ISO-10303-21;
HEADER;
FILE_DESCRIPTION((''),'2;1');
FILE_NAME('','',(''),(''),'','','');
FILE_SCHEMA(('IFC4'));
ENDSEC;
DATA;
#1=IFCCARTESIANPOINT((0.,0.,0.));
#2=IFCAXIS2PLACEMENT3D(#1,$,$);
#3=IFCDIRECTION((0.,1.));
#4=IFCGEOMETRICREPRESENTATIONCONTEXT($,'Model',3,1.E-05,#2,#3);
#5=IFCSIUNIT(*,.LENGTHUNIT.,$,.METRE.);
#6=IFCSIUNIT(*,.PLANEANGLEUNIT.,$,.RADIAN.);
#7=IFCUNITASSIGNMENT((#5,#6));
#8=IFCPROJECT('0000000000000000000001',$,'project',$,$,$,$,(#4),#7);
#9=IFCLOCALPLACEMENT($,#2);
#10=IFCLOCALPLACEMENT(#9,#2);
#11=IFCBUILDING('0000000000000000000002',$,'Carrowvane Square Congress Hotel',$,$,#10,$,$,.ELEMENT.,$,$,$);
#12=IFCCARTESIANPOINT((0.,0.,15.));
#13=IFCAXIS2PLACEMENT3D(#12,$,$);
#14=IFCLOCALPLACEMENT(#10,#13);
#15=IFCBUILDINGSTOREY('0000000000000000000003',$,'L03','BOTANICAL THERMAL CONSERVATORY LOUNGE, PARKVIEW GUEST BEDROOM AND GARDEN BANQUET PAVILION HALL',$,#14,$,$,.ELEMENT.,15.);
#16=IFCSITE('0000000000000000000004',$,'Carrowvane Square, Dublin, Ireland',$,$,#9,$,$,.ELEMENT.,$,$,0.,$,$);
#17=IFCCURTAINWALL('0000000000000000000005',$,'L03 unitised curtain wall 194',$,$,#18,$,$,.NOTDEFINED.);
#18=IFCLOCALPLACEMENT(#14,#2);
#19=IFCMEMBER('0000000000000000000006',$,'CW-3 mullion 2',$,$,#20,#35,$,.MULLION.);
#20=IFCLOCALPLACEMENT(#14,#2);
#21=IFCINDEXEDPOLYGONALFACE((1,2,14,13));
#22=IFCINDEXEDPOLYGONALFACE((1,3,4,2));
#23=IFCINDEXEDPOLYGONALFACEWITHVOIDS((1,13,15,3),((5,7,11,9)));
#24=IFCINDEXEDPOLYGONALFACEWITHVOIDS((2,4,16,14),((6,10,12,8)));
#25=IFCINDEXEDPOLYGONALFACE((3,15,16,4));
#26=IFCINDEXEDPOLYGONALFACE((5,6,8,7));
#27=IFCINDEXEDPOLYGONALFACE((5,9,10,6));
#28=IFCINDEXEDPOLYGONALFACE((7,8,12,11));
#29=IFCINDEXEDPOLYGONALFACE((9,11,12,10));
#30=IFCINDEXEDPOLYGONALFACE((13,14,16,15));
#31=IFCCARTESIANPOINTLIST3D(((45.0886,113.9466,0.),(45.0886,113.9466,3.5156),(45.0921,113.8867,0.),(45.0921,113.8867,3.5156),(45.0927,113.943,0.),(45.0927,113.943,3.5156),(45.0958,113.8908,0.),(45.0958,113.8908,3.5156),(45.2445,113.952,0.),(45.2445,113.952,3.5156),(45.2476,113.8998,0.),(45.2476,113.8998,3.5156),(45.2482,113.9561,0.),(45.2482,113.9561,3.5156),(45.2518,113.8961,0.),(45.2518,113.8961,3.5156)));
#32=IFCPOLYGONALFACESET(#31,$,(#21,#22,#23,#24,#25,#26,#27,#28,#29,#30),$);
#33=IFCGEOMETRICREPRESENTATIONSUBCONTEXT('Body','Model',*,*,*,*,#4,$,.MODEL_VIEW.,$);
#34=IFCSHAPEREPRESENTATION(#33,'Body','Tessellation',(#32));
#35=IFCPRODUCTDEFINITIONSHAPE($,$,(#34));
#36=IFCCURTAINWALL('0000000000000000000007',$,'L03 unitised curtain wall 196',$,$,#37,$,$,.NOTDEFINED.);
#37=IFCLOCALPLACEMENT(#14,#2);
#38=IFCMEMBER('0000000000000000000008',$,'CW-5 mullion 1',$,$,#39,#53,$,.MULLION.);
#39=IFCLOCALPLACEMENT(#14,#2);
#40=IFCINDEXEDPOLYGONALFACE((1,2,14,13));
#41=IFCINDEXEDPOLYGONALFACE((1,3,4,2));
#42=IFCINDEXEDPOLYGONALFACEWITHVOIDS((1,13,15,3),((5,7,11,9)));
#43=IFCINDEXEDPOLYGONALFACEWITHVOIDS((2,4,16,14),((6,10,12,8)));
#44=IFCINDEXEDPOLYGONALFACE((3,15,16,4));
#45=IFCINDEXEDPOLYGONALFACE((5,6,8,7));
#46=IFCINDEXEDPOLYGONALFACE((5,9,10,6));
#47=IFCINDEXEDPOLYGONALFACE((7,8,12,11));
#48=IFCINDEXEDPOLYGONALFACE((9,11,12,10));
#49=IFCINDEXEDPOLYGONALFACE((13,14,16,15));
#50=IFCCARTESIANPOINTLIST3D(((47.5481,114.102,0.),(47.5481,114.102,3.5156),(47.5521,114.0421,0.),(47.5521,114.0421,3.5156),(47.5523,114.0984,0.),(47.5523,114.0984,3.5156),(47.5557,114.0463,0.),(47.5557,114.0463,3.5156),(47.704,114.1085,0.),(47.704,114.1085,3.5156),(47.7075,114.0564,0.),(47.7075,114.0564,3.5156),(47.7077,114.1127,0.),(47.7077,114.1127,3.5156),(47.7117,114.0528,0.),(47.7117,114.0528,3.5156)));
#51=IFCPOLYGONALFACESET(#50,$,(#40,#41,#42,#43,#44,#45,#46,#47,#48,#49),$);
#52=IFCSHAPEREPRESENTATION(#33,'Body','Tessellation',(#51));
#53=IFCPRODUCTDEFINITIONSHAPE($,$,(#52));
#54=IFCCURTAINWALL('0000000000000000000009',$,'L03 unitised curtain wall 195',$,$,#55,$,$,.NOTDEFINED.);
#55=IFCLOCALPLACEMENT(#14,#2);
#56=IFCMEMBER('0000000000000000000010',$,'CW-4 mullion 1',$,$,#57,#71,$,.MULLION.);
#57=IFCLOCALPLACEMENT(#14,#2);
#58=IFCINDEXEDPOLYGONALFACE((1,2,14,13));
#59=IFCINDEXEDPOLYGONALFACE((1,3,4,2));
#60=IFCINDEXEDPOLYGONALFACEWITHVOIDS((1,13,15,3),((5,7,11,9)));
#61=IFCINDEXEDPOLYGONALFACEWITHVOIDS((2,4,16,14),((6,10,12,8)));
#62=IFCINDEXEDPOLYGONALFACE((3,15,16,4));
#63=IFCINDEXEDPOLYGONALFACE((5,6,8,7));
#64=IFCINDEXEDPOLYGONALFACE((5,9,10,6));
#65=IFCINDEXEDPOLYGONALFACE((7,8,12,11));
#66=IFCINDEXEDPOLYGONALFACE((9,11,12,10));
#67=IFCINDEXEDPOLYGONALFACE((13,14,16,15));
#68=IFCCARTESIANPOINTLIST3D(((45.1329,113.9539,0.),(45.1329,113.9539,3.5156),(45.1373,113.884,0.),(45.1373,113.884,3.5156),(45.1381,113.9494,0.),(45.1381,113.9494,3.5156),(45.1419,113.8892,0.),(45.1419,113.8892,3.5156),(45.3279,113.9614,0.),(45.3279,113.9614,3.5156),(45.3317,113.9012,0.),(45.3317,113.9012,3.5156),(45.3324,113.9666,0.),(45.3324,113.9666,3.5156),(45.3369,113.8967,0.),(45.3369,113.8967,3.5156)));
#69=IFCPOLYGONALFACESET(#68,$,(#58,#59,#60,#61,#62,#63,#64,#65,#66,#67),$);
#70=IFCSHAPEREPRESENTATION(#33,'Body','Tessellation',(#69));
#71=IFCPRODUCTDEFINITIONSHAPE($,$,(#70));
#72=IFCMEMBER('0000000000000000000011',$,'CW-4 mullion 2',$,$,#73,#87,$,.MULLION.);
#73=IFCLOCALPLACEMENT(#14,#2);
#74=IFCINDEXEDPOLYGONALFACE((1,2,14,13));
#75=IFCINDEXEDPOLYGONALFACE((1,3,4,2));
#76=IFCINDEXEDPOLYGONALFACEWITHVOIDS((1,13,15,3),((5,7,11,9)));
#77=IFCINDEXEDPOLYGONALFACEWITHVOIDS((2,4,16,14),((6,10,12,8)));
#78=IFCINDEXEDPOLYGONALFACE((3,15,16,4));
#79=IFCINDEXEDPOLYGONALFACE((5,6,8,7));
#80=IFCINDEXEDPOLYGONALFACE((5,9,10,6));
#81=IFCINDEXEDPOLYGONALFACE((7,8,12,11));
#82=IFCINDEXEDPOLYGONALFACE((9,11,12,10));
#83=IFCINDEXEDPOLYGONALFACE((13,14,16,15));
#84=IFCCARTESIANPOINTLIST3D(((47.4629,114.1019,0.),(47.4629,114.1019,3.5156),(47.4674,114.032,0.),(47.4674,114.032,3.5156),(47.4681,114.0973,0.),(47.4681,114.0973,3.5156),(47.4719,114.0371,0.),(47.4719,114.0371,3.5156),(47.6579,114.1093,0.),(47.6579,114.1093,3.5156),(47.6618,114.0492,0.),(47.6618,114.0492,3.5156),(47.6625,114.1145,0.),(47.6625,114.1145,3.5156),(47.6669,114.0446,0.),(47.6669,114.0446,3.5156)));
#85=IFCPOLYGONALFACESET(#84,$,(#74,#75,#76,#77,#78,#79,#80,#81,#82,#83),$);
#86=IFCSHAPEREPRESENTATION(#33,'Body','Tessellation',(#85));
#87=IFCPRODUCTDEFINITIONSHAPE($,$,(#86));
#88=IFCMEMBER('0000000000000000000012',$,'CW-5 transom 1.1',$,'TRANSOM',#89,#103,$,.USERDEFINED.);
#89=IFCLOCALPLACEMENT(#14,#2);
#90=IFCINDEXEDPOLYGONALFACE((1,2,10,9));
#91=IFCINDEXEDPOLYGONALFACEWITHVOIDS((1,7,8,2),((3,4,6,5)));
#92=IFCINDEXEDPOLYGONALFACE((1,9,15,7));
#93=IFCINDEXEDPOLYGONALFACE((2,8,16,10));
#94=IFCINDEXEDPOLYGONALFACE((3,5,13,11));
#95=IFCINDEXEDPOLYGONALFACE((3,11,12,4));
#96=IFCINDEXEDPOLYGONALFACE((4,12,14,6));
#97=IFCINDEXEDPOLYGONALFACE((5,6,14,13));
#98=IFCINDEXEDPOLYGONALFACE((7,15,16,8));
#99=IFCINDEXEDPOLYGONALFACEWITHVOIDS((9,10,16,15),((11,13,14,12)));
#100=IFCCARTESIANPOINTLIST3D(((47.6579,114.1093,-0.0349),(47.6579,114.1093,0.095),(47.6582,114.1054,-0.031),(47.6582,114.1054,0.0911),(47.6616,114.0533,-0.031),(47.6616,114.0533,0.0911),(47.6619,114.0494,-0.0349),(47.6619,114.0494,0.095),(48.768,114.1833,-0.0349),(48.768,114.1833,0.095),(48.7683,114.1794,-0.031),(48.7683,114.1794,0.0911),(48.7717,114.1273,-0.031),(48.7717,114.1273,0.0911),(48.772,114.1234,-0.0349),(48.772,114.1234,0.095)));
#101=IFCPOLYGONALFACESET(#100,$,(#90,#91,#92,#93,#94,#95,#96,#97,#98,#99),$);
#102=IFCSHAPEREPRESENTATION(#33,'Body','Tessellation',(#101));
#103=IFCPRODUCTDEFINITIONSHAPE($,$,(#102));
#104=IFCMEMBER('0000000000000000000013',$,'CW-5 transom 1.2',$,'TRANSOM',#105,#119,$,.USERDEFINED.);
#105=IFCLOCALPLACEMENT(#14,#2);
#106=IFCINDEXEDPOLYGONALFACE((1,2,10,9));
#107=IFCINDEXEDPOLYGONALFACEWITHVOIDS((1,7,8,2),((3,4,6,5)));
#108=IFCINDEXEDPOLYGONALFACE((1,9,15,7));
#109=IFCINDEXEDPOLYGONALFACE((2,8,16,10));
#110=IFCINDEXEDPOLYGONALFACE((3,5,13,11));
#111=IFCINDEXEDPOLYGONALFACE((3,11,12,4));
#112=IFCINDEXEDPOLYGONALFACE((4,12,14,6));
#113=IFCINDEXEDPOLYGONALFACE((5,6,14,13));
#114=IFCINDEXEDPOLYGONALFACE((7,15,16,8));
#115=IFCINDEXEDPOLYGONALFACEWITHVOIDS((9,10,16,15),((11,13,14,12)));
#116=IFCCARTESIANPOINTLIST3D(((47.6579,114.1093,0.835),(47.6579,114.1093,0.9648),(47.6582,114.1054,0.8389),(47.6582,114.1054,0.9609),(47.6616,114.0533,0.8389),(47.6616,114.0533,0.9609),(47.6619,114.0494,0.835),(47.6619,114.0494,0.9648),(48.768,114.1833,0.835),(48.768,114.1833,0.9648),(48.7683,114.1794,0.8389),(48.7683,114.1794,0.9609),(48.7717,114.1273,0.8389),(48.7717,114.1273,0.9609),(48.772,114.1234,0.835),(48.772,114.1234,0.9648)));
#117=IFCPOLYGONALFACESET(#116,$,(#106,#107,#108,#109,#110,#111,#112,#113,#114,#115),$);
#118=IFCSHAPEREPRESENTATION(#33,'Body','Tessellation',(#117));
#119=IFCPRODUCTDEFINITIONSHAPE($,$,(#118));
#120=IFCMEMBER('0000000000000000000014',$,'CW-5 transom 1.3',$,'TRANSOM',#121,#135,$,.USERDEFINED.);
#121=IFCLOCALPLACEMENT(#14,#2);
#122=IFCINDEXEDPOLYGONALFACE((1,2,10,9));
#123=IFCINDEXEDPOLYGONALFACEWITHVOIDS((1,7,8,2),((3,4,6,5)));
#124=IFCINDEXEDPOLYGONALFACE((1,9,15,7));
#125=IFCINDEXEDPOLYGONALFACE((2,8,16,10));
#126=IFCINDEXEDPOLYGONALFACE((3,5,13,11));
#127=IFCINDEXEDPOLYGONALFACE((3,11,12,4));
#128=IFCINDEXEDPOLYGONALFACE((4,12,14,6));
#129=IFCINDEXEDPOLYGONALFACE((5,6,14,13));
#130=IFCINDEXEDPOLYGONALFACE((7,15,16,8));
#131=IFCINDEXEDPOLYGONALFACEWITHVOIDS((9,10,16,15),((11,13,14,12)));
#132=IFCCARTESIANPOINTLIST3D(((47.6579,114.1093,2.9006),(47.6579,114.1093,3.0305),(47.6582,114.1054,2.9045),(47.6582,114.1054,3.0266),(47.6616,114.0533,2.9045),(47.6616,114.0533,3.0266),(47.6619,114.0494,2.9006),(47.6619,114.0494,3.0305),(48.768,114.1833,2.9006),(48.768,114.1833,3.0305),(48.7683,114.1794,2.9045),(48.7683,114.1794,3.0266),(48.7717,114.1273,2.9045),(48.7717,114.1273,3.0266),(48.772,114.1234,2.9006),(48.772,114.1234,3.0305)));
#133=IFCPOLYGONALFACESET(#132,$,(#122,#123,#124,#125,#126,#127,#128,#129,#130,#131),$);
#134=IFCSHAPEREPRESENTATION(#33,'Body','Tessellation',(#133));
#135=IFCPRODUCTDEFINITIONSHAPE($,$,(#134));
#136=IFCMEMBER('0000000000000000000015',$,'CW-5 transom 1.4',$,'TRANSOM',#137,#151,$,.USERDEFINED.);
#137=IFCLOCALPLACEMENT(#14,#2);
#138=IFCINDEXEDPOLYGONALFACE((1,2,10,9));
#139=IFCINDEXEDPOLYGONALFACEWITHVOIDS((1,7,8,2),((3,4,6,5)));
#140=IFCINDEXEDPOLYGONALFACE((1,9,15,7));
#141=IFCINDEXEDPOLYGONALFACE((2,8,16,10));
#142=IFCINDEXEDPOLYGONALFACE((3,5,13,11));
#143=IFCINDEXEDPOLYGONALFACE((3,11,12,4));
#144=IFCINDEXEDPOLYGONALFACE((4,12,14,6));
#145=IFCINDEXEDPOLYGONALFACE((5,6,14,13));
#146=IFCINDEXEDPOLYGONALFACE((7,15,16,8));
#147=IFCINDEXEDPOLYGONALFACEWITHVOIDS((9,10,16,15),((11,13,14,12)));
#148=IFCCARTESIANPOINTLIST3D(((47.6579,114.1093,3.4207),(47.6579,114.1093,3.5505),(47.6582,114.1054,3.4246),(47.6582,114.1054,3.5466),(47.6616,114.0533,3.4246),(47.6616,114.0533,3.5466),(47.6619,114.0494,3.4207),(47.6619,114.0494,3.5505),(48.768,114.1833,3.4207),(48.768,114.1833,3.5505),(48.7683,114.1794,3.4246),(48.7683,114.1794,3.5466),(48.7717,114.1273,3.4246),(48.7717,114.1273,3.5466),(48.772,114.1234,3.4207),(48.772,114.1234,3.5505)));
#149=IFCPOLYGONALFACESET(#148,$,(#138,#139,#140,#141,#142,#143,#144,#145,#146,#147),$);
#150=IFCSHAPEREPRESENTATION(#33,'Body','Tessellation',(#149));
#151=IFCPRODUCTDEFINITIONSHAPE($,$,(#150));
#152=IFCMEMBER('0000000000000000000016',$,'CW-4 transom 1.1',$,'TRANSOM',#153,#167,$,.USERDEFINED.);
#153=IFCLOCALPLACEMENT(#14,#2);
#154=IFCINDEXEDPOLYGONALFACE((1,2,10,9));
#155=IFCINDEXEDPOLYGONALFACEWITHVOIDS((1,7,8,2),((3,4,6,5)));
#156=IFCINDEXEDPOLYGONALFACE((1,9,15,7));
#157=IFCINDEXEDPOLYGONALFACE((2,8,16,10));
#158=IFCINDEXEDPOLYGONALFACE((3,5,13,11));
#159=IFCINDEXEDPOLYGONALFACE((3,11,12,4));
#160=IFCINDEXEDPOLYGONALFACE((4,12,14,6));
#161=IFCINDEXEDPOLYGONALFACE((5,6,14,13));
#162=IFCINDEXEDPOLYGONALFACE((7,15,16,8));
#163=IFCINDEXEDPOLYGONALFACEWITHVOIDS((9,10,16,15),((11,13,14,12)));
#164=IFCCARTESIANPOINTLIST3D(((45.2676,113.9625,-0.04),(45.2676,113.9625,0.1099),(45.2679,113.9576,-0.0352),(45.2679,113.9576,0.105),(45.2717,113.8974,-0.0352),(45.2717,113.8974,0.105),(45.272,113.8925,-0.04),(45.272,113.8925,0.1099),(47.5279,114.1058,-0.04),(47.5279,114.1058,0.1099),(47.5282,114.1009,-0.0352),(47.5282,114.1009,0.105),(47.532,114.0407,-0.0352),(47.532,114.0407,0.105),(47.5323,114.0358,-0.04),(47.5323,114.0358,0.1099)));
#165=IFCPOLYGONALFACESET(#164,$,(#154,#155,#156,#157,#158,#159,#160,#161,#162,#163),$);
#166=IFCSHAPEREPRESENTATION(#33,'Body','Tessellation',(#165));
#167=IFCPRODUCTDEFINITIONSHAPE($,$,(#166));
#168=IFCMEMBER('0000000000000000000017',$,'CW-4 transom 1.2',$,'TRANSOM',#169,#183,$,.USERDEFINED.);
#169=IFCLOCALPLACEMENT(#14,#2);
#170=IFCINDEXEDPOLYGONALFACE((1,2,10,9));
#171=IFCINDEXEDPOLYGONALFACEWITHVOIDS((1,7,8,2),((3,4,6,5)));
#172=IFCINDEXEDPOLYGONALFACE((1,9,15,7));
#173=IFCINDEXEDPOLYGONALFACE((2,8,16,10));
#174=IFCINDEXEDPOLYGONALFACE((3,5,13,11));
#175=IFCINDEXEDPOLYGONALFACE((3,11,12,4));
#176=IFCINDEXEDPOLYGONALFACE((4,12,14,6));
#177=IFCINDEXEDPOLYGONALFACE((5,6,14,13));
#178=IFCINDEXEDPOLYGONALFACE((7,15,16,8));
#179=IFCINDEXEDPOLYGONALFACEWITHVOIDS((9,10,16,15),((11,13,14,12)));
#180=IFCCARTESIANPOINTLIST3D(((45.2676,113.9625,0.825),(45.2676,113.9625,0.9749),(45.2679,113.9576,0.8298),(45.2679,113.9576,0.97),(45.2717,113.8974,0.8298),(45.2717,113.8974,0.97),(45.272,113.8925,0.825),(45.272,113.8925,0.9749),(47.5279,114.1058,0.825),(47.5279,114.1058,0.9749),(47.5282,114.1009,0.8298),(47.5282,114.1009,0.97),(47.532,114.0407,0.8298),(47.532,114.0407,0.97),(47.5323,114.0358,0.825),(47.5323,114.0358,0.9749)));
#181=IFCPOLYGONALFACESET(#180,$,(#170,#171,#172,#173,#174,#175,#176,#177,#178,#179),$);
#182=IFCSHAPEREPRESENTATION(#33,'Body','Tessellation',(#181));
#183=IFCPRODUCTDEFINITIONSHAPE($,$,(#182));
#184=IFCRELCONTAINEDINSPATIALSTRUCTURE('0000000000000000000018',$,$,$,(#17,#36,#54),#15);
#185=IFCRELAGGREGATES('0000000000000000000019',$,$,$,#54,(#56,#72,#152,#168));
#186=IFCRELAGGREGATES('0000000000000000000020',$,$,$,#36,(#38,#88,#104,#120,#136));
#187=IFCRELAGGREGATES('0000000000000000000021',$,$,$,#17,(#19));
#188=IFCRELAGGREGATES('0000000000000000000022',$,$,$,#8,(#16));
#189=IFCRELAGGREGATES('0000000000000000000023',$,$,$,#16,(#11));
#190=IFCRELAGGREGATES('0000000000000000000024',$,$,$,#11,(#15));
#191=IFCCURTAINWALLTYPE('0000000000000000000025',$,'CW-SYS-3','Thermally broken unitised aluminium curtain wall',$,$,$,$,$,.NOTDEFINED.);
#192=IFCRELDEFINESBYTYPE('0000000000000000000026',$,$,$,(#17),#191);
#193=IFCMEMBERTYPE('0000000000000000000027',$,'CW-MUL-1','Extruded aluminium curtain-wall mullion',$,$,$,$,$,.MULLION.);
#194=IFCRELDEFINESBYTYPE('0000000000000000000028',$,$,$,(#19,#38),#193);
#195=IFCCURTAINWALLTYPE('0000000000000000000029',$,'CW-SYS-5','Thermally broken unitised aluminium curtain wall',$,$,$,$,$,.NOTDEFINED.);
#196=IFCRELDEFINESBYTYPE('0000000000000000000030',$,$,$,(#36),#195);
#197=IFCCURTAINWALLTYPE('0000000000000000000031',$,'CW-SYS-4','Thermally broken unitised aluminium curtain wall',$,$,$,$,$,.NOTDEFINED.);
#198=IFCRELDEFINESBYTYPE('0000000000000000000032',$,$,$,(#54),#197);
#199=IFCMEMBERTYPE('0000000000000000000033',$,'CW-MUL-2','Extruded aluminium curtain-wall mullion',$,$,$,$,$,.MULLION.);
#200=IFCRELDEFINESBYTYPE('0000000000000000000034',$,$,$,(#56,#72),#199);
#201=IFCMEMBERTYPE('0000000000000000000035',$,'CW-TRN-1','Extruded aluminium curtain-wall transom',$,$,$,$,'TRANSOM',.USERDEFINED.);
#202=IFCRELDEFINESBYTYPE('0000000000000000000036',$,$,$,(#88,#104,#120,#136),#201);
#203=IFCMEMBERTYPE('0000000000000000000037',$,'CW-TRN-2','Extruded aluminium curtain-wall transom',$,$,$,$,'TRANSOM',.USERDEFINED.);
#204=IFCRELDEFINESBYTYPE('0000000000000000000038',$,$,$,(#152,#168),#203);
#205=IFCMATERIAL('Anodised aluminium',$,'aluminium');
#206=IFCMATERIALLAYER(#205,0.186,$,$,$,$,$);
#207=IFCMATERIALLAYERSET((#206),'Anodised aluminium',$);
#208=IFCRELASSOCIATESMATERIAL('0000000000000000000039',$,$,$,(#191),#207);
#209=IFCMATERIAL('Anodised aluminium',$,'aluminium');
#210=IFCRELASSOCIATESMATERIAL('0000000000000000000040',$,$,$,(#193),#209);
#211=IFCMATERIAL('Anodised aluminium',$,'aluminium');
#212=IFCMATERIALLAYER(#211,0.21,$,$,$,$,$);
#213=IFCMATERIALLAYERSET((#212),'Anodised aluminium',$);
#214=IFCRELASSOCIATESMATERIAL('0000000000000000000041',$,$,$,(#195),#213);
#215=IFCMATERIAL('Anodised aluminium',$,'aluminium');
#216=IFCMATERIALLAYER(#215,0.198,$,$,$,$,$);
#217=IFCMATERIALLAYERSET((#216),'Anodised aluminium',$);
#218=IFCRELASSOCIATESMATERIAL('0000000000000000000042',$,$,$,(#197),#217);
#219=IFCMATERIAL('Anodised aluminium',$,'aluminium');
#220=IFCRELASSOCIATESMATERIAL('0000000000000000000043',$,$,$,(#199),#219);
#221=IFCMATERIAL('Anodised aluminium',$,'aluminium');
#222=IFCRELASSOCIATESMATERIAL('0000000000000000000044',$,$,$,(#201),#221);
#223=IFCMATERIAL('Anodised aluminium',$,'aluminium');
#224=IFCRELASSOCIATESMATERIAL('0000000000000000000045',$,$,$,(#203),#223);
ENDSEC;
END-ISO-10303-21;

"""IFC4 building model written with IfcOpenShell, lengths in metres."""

from ifc_helpers import new_model, si_unit, direction, frame, origin, origin_2d, place, context, subcontext, project, spatial, hollow_rectangle, extrude, material, layer, layer_set, material_profile, profile_set, type_object, element, aggregate, save


model = new_model("IFC4")

# Units and contexts
model_context = context("Model", 3, precision=1e-05, world=origin(), true_north=direction((0.0, 1.0)))
body_context = subcontext(model_context, "Body", "Model", "MODEL_VIEW")
ifc_project = project(units=[si_unit("LENGTHUNIT", "METRE"), si_unit("PLANEANGLEUNIT", "RADIAN")], contexts=[model_context])

# Site, building, storey
site_placement = place(None, origin())
site = spatial("IfcSite", under=ifc_project, at=site_placement, Name="Carrowvane Square, Dublin, Ireland", CompositionType="ELEMENT", RefElevation=0.0)
building_placement = place(site_placement, origin())
building = spatial("IfcBuilding", under=site, at=building_placement, Name="Carrowvane Square Congress Hotel", CompositionType="ELEMENT")
storey_placement = place(building_placement, frame((0.0, 0.0, 15.0)))
storey = spatial("IfcBuildingStorey", under=building, at=storey_placement, Name="L03", Description="BOTANICAL THERMAL CONSERVATORY LOUNGE, PARKVIEW GUEST BEDROOM AND GARDEN BANQUET PAVILION HALL", CompositionType="ELEMENT", Elevation=15.0)

# Curtain walls, members
ifc_material_1 = material(Name="Anodised aluminium", Category="aluminium")
ifc_layer_1 = layer(ifc_material_1, 0.186)
ifc_layer_set_1 = layer_set([ifc_layer_1], Name="Anodised aluminium")
curtain_wall_type_1 = type_object("IfcCurtainWallType", Name="CW-SYS-3", Description="Thermally broken unitised aluminium curtain wall", PredefinedType="NOTDEFINED", material=ifc_layer_set_1)
curtain_wall_1_placement = place(storey_placement, origin())
curtain_wall_1 = element("IfcCurtainWall", 1, at=curtain_wall_1_placement, inside=storey, type_object=curtain_wall_type_1, Name="L03 unitised curtain wall 194", PredefinedType="NOTDEFINED")
ifc_material_2 = material(Name="Anodised aluminium", Category="aluminium")
ifc_material_profile_1 = material_profile(ifc_material_2, hollow_rectangle(XDim=0.0601, YDim=0.1599, WallThickness=0.0039, at=origin_2d()), Name="CW-ML 60x160x4")
ifc_profile_set_1 = profile_set([ifc_material_profile_1], Name="Anodised aluminium")
member_type_1 = type_object("IfcMemberType", Name="CW-MUL-1", Description="Extruded aluminium curtain-wall mullion", PredefinedType="MULLION", material=ifc_profile_set_1)
member_1_placement = place(storey_placement, frame((45.1702, 113.9214, 0.0), z_axis=(0.0, 0.0, 1.0), x_axis=(-0.058989, 0.998259, 0.0)))
member_1 = element("IfcMember", 2, at=member_1_placement, type_object=member_type_1, Name="CW-3 mullion 2", PredefinedType="MULLION", context=body_context, shape_type="SweptSolid", body=[
    extrude(hollow_rectangle(XDim=0.0601, YDim=0.1599, WallThickness=0.0039, at=origin_2d()), origin(), (0.0, 0.0, 1.0), 3.5156),
])
ifc_material_3 = material(Name="Anodised aluminium", Category="aluminium")
ifc_layer_2 = layer(ifc_material_3, 0.21)
ifc_layer_set_2 = layer_set([ifc_layer_2], Name="Anodised aluminium")
curtain_wall_type_2 = type_object("IfcCurtainWallType", Name="CW-SYS-5", Description="Thermally broken unitised aluminium curtain wall", PredefinedType="NOTDEFINED", material=ifc_layer_set_2)
curtain_wall_2_placement = place(storey_placement, origin())
curtain_wall_2 = element("IfcCurtainWall", 3, at=curtain_wall_2_placement, inside=storey, type_object=curtain_wall_type_2, Name="L03 unitised curtain wall 196", PredefinedType="NOTDEFINED")
member_2_placement = place(storey_placement, frame((47.6299, 114.0774, 0.0), z_axis=(0.0, 0.0, 1.0), x_axis=(-0.066578, 0.997781, 0.0)))
member_2 = element("IfcMember", 4, at=member_2_placement, type_object=member_type_1, Name="CW-5 mullion 1", PredefinedType="MULLION", context=body_context, shape_type="SweptSolid", body=[
    extrude(hollow_rectangle(XDim=0.0601, YDim=0.1599, WallThickness=0.0039, at=origin_2d()), origin(), (0.0, 0.0, 1.0), 3.5156),
])

# Curtain wall, members
ifc_material_4 = material(Name="Anodised aluminium", Category="aluminium")
ifc_layer_3 = layer(ifc_material_4, 0.198)
ifc_layer_set_3 = layer_set([ifc_layer_3], Name="Anodised aluminium")
curtain_wall_type_3 = type_object("IfcCurtainWallType", Name="CW-SYS-4", Description="Thermally broken unitised aluminium curtain wall", PredefinedType="NOTDEFINED", material=ifc_layer_set_3)
curtain_wall_3_placement = place(storey_placement, origin())
curtain_wall_3 = element("IfcCurtainWall", 5, at=curtain_wall_3_placement, inside=storey, type_object=curtain_wall_type_3, Name="L03 unitised curtain wall 195", PredefinedType="NOTDEFINED")
ifc_material_5 = material(Name="Anodised aluminium", Category="aluminium")
ifc_material_profile_2 = material_profile(ifc_material_5, hollow_rectangle(XDim=0.0701, YDim=0.2, WallThickness=0.0049, at=origin_2d()), Name="CW-ML 70x200x5")
ifc_profile_set_2 = profile_set([ifc_material_profile_2], Name="Anodised aluminium")
member_type_2 = type_object("IfcMemberType", Name="CW-MUL-2", Description="Extruded aluminium curtain-wall mullion", PredefinedType="MULLION", material=ifc_profile_set_2)
member_3_placement = place(storey_placement, frame((45.2349, 113.9253, 0.0), z_axis=(0.0, 0.0, 1.0), x_axis=(-0.063273, 0.997996, 0.0)))
member_3 = element("IfcMember", 6, at=member_3_placement, type_object=member_type_2, Name="CW-4 mullion 1", PredefinedType="MULLION", context=body_context, shape_type="SweptSolid", body=[
    extrude(hollow_rectangle(XDim=0.0701, YDim=0.2, WallThickness=0.0049, at=origin_2d()), origin(), (0.0, 0.0, 1.0), 3.5156),
])
member_4_placement = place(storey_placement, frame((47.5649, 114.0732, 0.0), z_axis=(0.0, 0.0, 1.0), x_axis=(-0.063273, 0.997996, 0.0)))
member_4 = element("IfcMember", 7, at=member_4_placement, type_object=member_type_2, Name="CW-4 mullion 2", PredefinedType="MULLION", context=body_context, shape_type="SweptSolid", body=[
    extrude(hollow_rectangle(XDim=0.0701, YDim=0.2, WallThickness=0.0049, at=origin_2d()), origin(), (0.0, 0.0, 1.0), 3.5156),
])

# Members
ifc_material_6 = material(Name="Anodised aluminium", Category="aluminium")
ifc_material_profile_3 = material_profile(ifc_material_6, hollow_rectangle(XDim=0.0601, YDim=0.1299, WallThickness=0.0039, at=origin_2d()), Name="CW-TR 60x130x4")
ifc_profile_set_3 = profile_set([ifc_material_profile_3], Name="Anodised aluminium")
member_type_3 = type_object("IfcMemberType", Name="CW-TRN-1", Description="Extruded aluminium curtain-wall transom", ElementType="TRANSOM", PredefinedType="USERDEFINED", material=ifc_profile_set_3)
member_5_placement = place(storey_placement, frame((47.6599, 114.0793, 0.03), z_axis=(0.997787, 0.06649, 0.0), x_axis=(-0.06649, 0.997787, 0.0)))
member_5 = element("IfcMember", 8, at=member_5_placement, type_object=member_type_3, Name="CW-5 transom 1.1", ObjectType="TRANSOM", PredefinedType="USERDEFINED", context=body_context, shape_type="SweptSolid", body=[
    extrude(hollow_rectangle(XDim=0.0601, YDim=0.1299, WallThickness=0.0039, at=origin_2d()), origin(), (0.0, 0.0, 1.0), 1.1125),
])
member_6_placement = place(storey_placement, frame((47.6599, 114.0793, 0.8999), z_axis=(0.997787, 0.06649, 0.0), x_axis=(-0.06649, 0.997787, 0.0)))
member_6 = element("IfcMember", 9, at=member_6_placement, type_object=member_type_3, Name="CW-5 transom 1.2", ObjectType="TRANSOM", PredefinedType="USERDEFINED", context=body_context, shape_type="SweptSolid", body=[
    extrude(hollow_rectangle(XDim=0.0601, YDim=0.1299, WallThickness=0.0039, at=origin_2d()), origin(), (0.0, 0.0, 1.0), 1.1125),
])
member_7_placement = place(storey_placement, frame((47.6599, 114.0793, 2.9656), z_axis=(0.997787, 0.06649, 0.0), x_axis=(-0.06649, 0.997787, 0.0)))
member_7 = element("IfcMember", 10, at=member_7_placement, type_object=member_type_3, Name="CW-5 transom 1.3", ObjectType="TRANSOM", PredefinedType="USERDEFINED", context=body_context, shape_type="SweptSolid", body=[
    extrude(hollow_rectangle(XDim=0.0601, YDim=0.1299, WallThickness=0.0039, at=origin_2d()), origin(), (0.0, 0.0, 1.0), 1.1125),
])
member_8_placement = place(storey_placement, frame((47.6599, 114.0793, 3.4856), z_axis=(0.997787, 0.06649, 0.0), x_axis=(-0.06649, 0.997787, 0.0)))
member_8 = element("IfcMember", 11, at=member_8_placement, type_object=member_type_3, Name="CW-5 transom 1.4", ObjectType="TRANSOM", PredefinedType="USERDEFINED", context=body_context, shape_type="SweptSolid", body=[
    extrude(hollow_rectangle(XDim=0.0601, YDim=0.1299, WallThickness=0.0039, at=origin_2d()), origin(), (0.0, 0.0, 1.0), 1.1125),
])
ifc_material_7 = material(Name="Anodised aluminium", Category="aluminium")
ifc_material_profile_4 = material_profile(ifc_material_7, hollow_rectangle(XDim=0.0701, YDim=0.1499, WallThickness=0.0049, at=origin_2d()), Name="CW-TR 70x150x5")
ifc_profile_set_4 = profile_set([ifc_material_profile_4], Name="Anodised aluminium")
member_type_4 = type_object("IfcMemberType", Name="CW-TRN-2", Description="Extruded aluminium curtain-wall transom", ElementType="TRANSOM", PredefinedType="USERDEFINED", material=ifc_profile_set_4)
member_9_placement = place(storey_placement, frame((45.2698, 113.9275, 0.0349), z_axis=(0.997996, 0.063278, 0.0), x_axis=(-0.063278, 0.997996, 0.0)))
member_9 = element("IfcMember", 12, at=member_9_placement, type_object=member_type_4, Name="CW-4 transom 1.1", ObjectType="TRANSOM", PredefinedType="USERDEFINED", context=body_context, shape_type="SweptSolid", body=[
    extrude(hollow_rectangle(XDim=0.0701, YDim=0.1499, WallThickness=0.0049, at=origin_2d()), origin(), (0.0, 0.0, 1.0), 2.2649),
])
member_10_placement = place(storey_placement, frame((45.2698, 113.9275, 0.8999), z_axis=(0.997996, 0.063278, 0.0), x_axis=(-0.063278, 0.997996, 0.0)))
member_10 = element("IfcMember", 13, at=member_10_placement, type_object=member_type_4, Name="CW-4 transom 1.2", ObjectType="TRANSOM", PredefinedType="USERDEFINED", context=body_context, shape_type="SweptSolid", body=[
    extrude(hollow_rectangle(XDim=0.0701, YDim=0.1499, WallThickness=0.0049, at=origin_2d()), origin(), (0.0, 0.0, 1.0), 2.2649),
])

aggregate(curtain_wall_3, [member_3, member_4, member_9, member_10])
aggregate(curtain_wall_2, [member_2, member_5, member_6, member_7, member_8])
aggregate(curtain_wall_1, [member_1])

save(model, "model.ifc")
